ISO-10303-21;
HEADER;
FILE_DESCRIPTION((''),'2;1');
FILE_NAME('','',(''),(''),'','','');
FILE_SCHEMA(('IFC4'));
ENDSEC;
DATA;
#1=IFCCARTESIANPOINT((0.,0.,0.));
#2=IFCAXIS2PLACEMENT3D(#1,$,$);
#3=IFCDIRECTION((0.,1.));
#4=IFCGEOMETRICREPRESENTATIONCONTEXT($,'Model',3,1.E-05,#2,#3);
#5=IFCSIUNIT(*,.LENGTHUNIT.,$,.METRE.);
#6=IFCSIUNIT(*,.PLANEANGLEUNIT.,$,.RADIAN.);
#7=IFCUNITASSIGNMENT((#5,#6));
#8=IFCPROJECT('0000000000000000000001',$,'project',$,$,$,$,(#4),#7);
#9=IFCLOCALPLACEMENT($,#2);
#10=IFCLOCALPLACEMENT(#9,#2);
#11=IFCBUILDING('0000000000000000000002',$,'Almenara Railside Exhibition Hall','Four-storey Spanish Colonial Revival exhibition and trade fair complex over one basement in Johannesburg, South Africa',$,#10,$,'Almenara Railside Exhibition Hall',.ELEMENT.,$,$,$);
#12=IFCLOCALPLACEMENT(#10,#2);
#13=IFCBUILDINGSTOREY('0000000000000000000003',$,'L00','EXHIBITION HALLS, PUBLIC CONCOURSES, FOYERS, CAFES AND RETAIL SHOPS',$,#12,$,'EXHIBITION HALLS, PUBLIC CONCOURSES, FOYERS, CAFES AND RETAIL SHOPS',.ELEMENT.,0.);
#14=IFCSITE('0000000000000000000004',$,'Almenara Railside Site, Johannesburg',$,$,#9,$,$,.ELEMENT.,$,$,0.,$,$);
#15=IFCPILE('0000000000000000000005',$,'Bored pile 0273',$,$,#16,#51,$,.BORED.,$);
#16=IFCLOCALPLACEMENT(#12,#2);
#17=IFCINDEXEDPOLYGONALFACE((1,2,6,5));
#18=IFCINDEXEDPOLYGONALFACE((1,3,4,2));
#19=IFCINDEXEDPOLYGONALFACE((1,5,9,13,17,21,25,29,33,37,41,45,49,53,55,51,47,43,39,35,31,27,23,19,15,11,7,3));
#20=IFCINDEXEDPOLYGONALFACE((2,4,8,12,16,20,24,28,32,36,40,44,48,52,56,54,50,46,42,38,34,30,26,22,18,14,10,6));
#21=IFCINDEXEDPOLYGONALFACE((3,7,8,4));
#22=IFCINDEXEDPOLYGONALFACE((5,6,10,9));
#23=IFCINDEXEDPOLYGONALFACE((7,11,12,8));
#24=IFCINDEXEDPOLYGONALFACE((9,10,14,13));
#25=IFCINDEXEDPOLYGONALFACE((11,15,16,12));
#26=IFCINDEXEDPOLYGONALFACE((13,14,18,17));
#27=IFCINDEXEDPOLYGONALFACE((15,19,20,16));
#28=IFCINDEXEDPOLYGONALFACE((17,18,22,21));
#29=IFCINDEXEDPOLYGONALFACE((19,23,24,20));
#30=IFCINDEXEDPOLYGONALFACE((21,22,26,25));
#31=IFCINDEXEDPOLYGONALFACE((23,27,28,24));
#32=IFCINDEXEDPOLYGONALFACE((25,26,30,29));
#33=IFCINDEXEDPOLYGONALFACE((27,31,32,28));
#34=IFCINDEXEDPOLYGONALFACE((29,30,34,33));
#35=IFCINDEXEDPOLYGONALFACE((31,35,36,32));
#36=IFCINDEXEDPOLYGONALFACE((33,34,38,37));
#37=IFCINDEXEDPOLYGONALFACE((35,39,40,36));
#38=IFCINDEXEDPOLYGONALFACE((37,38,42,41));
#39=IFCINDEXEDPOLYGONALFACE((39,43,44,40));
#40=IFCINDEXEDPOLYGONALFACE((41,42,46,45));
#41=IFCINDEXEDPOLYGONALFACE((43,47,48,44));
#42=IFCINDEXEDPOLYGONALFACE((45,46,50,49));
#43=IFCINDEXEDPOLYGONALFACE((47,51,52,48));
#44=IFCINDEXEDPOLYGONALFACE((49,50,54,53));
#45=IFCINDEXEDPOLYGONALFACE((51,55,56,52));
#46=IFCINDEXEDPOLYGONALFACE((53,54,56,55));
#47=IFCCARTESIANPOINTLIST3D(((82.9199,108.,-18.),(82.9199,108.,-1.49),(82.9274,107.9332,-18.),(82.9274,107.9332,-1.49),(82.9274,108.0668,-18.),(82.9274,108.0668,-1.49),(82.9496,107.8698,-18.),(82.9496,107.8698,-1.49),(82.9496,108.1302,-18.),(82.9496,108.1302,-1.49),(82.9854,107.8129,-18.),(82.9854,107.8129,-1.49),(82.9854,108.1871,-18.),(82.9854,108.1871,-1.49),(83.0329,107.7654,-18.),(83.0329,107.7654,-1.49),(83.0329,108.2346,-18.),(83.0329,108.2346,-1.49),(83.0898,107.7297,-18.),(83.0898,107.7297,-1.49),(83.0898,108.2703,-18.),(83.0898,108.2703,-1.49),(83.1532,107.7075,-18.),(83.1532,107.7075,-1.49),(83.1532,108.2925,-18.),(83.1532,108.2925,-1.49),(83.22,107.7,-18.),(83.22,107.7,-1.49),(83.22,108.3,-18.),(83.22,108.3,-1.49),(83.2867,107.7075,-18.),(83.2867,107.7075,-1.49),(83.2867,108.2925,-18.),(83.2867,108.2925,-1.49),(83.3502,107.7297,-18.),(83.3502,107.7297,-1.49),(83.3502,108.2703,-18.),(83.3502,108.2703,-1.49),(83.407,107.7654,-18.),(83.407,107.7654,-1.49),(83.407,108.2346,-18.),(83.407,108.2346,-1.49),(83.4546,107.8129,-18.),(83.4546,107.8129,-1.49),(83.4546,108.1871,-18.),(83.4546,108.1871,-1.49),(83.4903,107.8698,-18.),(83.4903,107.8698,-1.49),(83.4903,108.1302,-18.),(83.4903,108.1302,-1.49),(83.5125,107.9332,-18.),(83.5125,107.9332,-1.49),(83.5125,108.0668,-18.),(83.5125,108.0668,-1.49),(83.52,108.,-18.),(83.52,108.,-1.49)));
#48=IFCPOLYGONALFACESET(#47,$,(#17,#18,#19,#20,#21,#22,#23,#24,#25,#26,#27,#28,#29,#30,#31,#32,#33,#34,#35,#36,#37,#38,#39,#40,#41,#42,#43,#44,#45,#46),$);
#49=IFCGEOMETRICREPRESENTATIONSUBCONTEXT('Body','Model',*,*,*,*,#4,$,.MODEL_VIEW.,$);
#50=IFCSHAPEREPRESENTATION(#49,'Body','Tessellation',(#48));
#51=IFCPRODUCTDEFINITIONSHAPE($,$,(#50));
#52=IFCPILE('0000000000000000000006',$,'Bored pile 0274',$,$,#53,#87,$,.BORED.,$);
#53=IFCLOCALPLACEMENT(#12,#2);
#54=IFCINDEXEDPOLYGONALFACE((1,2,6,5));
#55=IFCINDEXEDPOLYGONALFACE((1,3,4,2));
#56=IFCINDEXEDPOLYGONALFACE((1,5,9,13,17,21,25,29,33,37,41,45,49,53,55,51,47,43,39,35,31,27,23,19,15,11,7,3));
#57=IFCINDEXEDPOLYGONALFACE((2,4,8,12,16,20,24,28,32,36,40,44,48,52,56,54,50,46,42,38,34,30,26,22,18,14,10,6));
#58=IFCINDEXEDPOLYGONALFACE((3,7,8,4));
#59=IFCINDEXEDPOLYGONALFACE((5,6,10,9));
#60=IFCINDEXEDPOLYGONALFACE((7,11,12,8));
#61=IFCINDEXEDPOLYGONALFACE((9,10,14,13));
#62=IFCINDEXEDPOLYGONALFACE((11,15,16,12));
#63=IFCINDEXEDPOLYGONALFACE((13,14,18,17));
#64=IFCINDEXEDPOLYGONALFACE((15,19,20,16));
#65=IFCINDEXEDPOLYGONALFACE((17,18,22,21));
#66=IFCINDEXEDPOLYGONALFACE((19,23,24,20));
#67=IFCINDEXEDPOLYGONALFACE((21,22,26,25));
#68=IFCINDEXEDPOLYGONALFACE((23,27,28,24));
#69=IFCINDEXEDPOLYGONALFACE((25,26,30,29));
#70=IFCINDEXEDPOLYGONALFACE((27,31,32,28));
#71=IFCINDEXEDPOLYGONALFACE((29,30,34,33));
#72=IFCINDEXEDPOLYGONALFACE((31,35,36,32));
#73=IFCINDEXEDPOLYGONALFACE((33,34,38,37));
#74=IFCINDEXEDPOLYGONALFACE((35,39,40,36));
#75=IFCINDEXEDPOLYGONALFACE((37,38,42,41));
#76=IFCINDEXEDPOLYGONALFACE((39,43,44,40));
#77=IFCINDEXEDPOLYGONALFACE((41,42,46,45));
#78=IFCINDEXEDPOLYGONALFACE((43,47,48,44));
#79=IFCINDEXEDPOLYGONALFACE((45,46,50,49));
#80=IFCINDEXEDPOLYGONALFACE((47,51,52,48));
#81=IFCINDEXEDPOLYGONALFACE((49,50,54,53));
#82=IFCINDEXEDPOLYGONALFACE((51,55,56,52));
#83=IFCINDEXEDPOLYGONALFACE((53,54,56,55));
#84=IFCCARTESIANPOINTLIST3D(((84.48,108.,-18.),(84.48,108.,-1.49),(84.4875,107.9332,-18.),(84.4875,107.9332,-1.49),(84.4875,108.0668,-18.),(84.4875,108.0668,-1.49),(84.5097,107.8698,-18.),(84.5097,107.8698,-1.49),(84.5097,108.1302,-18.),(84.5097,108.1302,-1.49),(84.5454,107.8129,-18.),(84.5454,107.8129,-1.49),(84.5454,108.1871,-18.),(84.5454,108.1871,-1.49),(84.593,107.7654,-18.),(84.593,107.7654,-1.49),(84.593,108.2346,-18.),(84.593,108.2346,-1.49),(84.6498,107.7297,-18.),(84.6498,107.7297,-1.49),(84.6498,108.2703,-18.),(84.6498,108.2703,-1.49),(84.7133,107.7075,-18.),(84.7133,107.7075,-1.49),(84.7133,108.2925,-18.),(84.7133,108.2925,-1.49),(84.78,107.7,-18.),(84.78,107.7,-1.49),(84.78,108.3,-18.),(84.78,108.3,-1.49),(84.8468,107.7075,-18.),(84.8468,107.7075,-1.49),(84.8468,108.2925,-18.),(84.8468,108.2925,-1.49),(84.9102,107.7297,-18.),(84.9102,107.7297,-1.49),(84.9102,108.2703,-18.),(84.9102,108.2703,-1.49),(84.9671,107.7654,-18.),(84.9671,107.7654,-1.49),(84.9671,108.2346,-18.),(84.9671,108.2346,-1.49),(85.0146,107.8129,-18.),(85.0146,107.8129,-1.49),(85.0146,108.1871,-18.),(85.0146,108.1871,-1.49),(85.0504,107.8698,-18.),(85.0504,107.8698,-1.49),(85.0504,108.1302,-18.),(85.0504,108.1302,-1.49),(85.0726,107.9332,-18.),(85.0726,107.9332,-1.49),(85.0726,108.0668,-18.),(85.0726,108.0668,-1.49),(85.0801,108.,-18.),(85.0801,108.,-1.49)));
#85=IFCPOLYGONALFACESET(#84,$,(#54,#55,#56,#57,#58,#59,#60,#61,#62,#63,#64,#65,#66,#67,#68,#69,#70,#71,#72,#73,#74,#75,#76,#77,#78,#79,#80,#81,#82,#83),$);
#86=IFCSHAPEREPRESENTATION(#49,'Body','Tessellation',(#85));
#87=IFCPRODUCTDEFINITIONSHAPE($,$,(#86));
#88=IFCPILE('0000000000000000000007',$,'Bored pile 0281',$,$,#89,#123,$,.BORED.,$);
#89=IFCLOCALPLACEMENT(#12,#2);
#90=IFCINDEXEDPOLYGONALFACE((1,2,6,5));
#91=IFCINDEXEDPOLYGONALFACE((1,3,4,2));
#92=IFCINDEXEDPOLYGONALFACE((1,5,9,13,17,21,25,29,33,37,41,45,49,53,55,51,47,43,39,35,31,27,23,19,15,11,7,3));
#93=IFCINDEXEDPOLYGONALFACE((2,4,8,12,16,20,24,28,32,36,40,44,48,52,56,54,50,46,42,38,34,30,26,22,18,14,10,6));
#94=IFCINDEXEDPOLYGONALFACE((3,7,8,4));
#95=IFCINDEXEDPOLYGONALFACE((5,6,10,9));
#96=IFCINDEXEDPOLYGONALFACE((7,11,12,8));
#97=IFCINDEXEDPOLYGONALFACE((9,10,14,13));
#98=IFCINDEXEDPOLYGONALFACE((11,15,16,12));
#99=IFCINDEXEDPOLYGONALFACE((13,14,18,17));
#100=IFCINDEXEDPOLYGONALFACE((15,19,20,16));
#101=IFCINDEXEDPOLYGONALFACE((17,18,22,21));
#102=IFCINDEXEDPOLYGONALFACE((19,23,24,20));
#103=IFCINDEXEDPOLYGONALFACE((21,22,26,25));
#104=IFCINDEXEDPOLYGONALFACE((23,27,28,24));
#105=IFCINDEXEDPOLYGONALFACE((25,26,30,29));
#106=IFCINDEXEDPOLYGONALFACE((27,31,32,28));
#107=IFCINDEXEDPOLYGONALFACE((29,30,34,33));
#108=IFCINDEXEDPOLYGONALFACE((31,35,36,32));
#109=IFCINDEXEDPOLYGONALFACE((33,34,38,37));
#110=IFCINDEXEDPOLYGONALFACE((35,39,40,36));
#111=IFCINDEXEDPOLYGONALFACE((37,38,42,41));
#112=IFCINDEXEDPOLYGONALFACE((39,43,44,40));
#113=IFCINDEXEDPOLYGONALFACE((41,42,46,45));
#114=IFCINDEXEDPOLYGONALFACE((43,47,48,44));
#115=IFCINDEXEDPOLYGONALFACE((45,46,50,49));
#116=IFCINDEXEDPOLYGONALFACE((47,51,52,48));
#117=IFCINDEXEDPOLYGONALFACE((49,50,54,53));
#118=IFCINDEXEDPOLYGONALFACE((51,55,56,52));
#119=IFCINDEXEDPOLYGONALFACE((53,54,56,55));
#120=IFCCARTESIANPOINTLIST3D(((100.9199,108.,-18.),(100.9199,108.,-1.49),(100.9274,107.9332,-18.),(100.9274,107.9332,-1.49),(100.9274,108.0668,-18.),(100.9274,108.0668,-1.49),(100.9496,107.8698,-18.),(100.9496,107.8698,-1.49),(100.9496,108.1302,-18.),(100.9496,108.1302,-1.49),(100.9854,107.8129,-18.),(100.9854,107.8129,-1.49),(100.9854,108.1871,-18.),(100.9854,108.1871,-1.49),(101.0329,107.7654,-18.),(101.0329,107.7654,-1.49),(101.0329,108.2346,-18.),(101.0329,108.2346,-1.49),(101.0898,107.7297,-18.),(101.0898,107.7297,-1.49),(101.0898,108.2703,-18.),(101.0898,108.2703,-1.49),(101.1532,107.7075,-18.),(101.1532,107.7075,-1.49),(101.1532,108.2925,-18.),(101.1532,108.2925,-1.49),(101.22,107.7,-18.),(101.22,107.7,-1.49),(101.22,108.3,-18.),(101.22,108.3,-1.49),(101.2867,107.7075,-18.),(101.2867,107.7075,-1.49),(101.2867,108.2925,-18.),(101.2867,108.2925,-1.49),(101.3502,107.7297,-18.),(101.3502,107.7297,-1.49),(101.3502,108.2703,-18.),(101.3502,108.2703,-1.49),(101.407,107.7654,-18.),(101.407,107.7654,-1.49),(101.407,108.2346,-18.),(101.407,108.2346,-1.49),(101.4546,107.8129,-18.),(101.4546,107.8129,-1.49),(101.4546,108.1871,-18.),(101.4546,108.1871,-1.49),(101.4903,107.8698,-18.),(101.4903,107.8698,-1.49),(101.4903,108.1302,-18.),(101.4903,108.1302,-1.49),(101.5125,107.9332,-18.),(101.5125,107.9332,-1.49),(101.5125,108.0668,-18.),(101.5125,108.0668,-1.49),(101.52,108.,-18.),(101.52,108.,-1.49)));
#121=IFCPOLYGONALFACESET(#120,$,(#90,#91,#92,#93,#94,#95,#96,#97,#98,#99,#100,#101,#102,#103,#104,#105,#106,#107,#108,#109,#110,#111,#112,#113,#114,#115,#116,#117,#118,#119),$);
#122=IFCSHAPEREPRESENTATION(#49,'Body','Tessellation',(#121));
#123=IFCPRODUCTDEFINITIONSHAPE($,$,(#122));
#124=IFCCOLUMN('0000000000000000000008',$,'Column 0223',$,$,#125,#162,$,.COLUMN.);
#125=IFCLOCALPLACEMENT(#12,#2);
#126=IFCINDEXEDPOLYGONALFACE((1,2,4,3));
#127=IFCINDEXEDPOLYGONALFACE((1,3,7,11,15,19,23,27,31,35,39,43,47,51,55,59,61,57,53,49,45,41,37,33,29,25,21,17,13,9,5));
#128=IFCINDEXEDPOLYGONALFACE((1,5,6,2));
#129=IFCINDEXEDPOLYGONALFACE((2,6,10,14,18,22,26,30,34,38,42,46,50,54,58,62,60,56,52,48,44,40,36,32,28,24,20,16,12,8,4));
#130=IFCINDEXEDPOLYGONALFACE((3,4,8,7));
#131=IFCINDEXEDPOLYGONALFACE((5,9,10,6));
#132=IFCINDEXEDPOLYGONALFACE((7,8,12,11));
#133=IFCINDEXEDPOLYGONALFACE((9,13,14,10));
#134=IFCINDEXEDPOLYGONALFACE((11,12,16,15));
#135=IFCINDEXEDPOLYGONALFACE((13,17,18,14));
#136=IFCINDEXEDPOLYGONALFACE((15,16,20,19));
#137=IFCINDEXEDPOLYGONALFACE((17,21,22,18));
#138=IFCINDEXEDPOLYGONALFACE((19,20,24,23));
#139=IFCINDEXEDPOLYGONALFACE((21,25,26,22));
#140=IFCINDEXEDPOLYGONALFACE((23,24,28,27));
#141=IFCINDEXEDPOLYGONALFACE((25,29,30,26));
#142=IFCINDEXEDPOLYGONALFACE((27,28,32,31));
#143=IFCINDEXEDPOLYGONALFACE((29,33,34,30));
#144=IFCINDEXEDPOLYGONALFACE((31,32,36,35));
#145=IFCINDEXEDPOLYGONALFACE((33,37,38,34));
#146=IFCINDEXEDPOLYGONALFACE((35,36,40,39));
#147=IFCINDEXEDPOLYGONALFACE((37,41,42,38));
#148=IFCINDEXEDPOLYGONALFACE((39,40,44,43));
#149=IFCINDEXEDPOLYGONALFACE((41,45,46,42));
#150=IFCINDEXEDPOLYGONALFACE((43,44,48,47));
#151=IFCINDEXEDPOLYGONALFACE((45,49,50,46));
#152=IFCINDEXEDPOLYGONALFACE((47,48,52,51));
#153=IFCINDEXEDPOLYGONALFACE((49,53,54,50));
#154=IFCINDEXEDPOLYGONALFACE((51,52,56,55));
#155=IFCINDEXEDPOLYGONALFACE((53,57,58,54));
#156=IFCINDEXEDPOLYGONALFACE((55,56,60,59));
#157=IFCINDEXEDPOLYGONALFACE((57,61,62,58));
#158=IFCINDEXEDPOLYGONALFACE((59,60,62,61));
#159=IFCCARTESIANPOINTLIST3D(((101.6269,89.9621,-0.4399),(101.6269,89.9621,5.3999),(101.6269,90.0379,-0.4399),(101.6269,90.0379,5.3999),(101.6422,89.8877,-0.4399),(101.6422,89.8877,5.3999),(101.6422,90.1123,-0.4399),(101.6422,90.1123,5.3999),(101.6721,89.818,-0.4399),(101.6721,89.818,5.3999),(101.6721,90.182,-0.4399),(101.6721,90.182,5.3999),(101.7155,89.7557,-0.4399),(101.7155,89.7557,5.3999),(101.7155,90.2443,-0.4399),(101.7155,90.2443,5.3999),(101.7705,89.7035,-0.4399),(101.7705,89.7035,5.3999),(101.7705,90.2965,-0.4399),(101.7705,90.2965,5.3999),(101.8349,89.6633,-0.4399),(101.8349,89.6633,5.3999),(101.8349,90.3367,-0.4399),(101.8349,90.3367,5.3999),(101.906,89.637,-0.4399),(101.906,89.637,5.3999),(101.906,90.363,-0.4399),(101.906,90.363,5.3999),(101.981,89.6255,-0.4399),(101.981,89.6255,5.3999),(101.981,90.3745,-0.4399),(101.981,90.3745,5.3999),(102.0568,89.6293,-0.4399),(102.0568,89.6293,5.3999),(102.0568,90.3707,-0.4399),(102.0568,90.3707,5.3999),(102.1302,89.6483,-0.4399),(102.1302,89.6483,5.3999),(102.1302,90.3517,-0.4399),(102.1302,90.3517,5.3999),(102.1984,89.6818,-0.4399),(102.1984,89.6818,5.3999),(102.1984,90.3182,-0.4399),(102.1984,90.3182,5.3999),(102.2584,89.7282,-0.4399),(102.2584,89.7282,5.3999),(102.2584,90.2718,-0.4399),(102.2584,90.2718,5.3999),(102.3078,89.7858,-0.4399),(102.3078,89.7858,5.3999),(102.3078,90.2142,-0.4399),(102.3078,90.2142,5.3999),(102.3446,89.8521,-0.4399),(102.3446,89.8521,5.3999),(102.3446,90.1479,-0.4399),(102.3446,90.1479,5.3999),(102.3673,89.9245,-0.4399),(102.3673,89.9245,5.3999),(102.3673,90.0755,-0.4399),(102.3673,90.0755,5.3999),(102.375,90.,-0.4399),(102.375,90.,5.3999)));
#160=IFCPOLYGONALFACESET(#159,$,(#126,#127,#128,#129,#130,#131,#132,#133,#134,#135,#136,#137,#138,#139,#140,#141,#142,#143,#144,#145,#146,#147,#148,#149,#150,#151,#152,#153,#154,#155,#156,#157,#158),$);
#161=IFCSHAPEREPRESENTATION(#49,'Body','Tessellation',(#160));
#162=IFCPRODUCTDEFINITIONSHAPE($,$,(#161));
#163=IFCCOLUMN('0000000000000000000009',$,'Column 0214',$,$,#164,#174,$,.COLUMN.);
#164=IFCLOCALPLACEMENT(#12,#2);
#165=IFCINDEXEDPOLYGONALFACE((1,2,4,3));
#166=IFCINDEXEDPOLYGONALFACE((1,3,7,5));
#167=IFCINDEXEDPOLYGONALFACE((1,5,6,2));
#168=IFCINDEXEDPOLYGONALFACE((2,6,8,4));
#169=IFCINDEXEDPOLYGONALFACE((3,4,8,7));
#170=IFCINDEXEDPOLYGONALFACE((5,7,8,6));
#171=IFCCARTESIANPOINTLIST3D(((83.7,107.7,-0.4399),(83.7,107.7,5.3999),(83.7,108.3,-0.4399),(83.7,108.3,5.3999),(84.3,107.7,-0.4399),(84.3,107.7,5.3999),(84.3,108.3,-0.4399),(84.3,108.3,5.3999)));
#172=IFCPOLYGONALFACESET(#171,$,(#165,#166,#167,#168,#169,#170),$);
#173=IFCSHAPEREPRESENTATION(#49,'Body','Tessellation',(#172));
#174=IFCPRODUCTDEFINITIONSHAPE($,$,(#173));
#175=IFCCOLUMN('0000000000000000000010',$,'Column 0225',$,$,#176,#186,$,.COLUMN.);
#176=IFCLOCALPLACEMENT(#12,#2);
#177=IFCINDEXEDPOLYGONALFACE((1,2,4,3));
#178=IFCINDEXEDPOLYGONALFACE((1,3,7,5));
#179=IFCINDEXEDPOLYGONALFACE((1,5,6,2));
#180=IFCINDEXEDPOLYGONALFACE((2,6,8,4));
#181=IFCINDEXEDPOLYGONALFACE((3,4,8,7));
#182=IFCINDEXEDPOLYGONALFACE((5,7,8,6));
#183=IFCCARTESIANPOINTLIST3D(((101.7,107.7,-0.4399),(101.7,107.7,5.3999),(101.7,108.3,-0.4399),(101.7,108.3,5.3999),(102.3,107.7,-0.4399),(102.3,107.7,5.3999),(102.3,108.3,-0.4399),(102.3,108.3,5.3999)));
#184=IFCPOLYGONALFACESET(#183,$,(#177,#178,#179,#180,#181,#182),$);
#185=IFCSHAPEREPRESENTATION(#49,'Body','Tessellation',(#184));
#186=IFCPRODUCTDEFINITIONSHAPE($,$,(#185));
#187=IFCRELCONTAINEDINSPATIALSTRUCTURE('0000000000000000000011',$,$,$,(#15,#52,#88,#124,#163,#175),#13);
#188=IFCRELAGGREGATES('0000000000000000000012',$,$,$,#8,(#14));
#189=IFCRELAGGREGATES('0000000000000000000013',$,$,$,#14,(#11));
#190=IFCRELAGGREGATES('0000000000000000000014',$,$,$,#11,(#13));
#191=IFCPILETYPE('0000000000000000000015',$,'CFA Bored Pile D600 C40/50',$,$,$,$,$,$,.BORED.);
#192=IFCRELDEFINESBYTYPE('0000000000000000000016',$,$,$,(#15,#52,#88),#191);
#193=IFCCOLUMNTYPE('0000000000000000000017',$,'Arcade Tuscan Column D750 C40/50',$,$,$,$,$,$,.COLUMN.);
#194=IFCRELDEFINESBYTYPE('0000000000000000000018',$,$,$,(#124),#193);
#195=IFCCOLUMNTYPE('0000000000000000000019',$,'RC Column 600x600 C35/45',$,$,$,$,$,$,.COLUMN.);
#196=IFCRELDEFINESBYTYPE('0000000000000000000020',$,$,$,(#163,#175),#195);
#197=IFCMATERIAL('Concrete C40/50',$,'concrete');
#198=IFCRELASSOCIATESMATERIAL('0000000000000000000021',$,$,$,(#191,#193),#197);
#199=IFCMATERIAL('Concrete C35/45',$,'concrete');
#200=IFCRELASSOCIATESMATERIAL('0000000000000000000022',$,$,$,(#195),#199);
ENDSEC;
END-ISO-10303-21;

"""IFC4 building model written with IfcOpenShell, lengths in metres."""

from ifc_helpers import new_model, si_unit, direction, frame, origin, origin_2d, place, context, subcontext, project, spatial, rectangle, circle, extrude, material, material_profile, profile_set, type_object, element, save


model = new_model("IFC4")

# Units and contexts
model_context = context("Model", 3, precision=1e-05, world=origin(), true_north=direction((0.0, 1.0)))
body_context = subcontext(model_context, "Body", "Model", "MODEL_VIEW")
ifc_project = project(units=[si_unit("LENGTHUNIT", "METRE"), si_unit("PLANEANGLEUNIT", "RADIAN")], contexts=[model_context])

# Site, building, storey
site_placement = place(None, origin())
site = spatial("IfcSite", under=ifc_project, at=site_placement, Name="Almenara Railside Site, Johannesburg", CompositionType="ELEMENT", RefElevation=0.0)
building_placement = place(site_placement, origin())
building = spatial("IfcBuilding", under=site, at=building_placement, Name="Almenara Railside Exhibition Hall", Description="Four-storey Spanish Colonial Revival exhibition and trade fair complex over one basement in Johannesburg, South Africa", LongName="Almenara Railside Exhibition Hall", CompositionType="ELEMENT")
storey_placement = place(building_placement, origin())
storey = spatial("IfcBuildingStorey", under=building, at=storey_placement, Name="L00", Description="EXHIBITION HALLS, PUBLIC CONCOURSES, FOYERS, CAFES AND RETAIL SHOPS", LongName="EXHIBITION HALLS, PUBLIC CONCOURSES, FOYERS, CAFES AND RETAIL SHOPS", CompositionType="ELEMENT", Elevation=0.0)

# Piles
ifc_material_1 = material(Name="Concrete C40/50", Category="concrete")
ifc_material_profile_1 = material_profile(ifc_material_1, circle(Radius=0.3, at=origin_2d()), Name="CFA-PILE D600")
ifc_profile_set_1 = profile_set([ifc_material_profile_1], Name="Concrete C40/50")
pile_type = type_object("IfcPileType", Name="CFA Bored Pile D600 C40/50", PredefinedType="BORED", material=ifc_profile_set_1)
for number, where, z_axis, x_axis, name in (
    (1, (83.22, 108.0, -1.49), (0.0, 0.0, -1.0), (1.0, 0.0, 0.0), "Bored pile 0273"),
    (2, (84.78, 108.0, -1.49), (0.0, 0.0, -1.0), (1.0, 0.0, 0.0), "Bored pile 0274"),
    (3, (101.22, 108.0, -1.49), (0.0, 0.0, -1.0), (1.0, 0.0, 0.0), "Bored pile 0281"),
):
    element("IfcPile", number, at=place(storey_placement, frame(where, z_axis=z_axis, x_axis=x_axis)), inside=storey, type_object=pile_type, Name=name, PredefinedType="BORED", context=body_context, shape_type="SweptSolid", body=[
        extrude(circle(Radius=0.3, at=origin_2d()), origin(), (0.0, 0.0, 1.0), 16.51),
    ])

# Columns
ifc_material_profile_2 = material_profile(ifc_material_1, circle(Radius=0.375, at=origin_2d()), Name="RC-COL D750")
ifc_profile_set_2 = profile_set([ifc_material_profile_2], Name="Concrete C40/50")
column_type_1 = type_object("IfcColumnType", Name="Arcade Tuscan Column D750 C40/50", PredefinedType="COLUMN", material=ifc_profile_set_2)
column_placement = place(storey_placement, frame((102.0, 90.0, -0.4399), z_axis=(0.0, 0.0, 1.0), x_axis=(1.0, 0.0, 0.0)))
element("IfcColumn", 4, at=column_placement, inside=storey, type_object=column_type_1, Name="Column 0223", PredefinedType="COLUMN", context=body_context, shape_type="SweptSolid", body=[
    extrude(circle(Radius=0.375, at=origin_2d()), origin(), (0.0, 0.0, 1.0), 5.8398),
])
ifc_material_2 = material(Name="Concrete C35/45", Category="concrete")
ifc_material_profile_3 = material_profile(ifc_material_2, rectangle(XDim=0.6001, YDim=0.6001, at=origin_2d()), Name="RC 600x600")
ifc_profile_set_3 = profile_set([ifc_material_profile_3], Name="Concrete C35/45")
column_type_2 = type_object("IfcColumnType", Name="RC Column 600x600 C35/45", PredefinedType="COLUMN", material=ifc_profile_set_3)
for number, where, z_axis, x_axis, name in (
    (5, (84.0, 108.0, -0.4399), (0.0, 0.0, 1.0), (1.0, 0.0, 0.0), "Column 0214"),
    (6, (102.0, 108.0, -0.4399), (0.0, 0.0, 1.0), (1.0, 0.0, 0.0), "Column 0225"),
):
    element("IfcColumn", number, at=place(storey_placement, frame(where, z_axis=z_axis, x_axis=x_axis)), inside=storey, type_object=column_type_2, Name=name, PredefinedType="COLUMN", context=body_context, shape_type="SweptSolid", body=[
        extrude(rectangle(XDim=0.6001, YDim=0.6001, at=origin_2d()), origin(), (0.0, 0.0, 1.0), 5.8398),
    ])

save(model, "model.ifc")
